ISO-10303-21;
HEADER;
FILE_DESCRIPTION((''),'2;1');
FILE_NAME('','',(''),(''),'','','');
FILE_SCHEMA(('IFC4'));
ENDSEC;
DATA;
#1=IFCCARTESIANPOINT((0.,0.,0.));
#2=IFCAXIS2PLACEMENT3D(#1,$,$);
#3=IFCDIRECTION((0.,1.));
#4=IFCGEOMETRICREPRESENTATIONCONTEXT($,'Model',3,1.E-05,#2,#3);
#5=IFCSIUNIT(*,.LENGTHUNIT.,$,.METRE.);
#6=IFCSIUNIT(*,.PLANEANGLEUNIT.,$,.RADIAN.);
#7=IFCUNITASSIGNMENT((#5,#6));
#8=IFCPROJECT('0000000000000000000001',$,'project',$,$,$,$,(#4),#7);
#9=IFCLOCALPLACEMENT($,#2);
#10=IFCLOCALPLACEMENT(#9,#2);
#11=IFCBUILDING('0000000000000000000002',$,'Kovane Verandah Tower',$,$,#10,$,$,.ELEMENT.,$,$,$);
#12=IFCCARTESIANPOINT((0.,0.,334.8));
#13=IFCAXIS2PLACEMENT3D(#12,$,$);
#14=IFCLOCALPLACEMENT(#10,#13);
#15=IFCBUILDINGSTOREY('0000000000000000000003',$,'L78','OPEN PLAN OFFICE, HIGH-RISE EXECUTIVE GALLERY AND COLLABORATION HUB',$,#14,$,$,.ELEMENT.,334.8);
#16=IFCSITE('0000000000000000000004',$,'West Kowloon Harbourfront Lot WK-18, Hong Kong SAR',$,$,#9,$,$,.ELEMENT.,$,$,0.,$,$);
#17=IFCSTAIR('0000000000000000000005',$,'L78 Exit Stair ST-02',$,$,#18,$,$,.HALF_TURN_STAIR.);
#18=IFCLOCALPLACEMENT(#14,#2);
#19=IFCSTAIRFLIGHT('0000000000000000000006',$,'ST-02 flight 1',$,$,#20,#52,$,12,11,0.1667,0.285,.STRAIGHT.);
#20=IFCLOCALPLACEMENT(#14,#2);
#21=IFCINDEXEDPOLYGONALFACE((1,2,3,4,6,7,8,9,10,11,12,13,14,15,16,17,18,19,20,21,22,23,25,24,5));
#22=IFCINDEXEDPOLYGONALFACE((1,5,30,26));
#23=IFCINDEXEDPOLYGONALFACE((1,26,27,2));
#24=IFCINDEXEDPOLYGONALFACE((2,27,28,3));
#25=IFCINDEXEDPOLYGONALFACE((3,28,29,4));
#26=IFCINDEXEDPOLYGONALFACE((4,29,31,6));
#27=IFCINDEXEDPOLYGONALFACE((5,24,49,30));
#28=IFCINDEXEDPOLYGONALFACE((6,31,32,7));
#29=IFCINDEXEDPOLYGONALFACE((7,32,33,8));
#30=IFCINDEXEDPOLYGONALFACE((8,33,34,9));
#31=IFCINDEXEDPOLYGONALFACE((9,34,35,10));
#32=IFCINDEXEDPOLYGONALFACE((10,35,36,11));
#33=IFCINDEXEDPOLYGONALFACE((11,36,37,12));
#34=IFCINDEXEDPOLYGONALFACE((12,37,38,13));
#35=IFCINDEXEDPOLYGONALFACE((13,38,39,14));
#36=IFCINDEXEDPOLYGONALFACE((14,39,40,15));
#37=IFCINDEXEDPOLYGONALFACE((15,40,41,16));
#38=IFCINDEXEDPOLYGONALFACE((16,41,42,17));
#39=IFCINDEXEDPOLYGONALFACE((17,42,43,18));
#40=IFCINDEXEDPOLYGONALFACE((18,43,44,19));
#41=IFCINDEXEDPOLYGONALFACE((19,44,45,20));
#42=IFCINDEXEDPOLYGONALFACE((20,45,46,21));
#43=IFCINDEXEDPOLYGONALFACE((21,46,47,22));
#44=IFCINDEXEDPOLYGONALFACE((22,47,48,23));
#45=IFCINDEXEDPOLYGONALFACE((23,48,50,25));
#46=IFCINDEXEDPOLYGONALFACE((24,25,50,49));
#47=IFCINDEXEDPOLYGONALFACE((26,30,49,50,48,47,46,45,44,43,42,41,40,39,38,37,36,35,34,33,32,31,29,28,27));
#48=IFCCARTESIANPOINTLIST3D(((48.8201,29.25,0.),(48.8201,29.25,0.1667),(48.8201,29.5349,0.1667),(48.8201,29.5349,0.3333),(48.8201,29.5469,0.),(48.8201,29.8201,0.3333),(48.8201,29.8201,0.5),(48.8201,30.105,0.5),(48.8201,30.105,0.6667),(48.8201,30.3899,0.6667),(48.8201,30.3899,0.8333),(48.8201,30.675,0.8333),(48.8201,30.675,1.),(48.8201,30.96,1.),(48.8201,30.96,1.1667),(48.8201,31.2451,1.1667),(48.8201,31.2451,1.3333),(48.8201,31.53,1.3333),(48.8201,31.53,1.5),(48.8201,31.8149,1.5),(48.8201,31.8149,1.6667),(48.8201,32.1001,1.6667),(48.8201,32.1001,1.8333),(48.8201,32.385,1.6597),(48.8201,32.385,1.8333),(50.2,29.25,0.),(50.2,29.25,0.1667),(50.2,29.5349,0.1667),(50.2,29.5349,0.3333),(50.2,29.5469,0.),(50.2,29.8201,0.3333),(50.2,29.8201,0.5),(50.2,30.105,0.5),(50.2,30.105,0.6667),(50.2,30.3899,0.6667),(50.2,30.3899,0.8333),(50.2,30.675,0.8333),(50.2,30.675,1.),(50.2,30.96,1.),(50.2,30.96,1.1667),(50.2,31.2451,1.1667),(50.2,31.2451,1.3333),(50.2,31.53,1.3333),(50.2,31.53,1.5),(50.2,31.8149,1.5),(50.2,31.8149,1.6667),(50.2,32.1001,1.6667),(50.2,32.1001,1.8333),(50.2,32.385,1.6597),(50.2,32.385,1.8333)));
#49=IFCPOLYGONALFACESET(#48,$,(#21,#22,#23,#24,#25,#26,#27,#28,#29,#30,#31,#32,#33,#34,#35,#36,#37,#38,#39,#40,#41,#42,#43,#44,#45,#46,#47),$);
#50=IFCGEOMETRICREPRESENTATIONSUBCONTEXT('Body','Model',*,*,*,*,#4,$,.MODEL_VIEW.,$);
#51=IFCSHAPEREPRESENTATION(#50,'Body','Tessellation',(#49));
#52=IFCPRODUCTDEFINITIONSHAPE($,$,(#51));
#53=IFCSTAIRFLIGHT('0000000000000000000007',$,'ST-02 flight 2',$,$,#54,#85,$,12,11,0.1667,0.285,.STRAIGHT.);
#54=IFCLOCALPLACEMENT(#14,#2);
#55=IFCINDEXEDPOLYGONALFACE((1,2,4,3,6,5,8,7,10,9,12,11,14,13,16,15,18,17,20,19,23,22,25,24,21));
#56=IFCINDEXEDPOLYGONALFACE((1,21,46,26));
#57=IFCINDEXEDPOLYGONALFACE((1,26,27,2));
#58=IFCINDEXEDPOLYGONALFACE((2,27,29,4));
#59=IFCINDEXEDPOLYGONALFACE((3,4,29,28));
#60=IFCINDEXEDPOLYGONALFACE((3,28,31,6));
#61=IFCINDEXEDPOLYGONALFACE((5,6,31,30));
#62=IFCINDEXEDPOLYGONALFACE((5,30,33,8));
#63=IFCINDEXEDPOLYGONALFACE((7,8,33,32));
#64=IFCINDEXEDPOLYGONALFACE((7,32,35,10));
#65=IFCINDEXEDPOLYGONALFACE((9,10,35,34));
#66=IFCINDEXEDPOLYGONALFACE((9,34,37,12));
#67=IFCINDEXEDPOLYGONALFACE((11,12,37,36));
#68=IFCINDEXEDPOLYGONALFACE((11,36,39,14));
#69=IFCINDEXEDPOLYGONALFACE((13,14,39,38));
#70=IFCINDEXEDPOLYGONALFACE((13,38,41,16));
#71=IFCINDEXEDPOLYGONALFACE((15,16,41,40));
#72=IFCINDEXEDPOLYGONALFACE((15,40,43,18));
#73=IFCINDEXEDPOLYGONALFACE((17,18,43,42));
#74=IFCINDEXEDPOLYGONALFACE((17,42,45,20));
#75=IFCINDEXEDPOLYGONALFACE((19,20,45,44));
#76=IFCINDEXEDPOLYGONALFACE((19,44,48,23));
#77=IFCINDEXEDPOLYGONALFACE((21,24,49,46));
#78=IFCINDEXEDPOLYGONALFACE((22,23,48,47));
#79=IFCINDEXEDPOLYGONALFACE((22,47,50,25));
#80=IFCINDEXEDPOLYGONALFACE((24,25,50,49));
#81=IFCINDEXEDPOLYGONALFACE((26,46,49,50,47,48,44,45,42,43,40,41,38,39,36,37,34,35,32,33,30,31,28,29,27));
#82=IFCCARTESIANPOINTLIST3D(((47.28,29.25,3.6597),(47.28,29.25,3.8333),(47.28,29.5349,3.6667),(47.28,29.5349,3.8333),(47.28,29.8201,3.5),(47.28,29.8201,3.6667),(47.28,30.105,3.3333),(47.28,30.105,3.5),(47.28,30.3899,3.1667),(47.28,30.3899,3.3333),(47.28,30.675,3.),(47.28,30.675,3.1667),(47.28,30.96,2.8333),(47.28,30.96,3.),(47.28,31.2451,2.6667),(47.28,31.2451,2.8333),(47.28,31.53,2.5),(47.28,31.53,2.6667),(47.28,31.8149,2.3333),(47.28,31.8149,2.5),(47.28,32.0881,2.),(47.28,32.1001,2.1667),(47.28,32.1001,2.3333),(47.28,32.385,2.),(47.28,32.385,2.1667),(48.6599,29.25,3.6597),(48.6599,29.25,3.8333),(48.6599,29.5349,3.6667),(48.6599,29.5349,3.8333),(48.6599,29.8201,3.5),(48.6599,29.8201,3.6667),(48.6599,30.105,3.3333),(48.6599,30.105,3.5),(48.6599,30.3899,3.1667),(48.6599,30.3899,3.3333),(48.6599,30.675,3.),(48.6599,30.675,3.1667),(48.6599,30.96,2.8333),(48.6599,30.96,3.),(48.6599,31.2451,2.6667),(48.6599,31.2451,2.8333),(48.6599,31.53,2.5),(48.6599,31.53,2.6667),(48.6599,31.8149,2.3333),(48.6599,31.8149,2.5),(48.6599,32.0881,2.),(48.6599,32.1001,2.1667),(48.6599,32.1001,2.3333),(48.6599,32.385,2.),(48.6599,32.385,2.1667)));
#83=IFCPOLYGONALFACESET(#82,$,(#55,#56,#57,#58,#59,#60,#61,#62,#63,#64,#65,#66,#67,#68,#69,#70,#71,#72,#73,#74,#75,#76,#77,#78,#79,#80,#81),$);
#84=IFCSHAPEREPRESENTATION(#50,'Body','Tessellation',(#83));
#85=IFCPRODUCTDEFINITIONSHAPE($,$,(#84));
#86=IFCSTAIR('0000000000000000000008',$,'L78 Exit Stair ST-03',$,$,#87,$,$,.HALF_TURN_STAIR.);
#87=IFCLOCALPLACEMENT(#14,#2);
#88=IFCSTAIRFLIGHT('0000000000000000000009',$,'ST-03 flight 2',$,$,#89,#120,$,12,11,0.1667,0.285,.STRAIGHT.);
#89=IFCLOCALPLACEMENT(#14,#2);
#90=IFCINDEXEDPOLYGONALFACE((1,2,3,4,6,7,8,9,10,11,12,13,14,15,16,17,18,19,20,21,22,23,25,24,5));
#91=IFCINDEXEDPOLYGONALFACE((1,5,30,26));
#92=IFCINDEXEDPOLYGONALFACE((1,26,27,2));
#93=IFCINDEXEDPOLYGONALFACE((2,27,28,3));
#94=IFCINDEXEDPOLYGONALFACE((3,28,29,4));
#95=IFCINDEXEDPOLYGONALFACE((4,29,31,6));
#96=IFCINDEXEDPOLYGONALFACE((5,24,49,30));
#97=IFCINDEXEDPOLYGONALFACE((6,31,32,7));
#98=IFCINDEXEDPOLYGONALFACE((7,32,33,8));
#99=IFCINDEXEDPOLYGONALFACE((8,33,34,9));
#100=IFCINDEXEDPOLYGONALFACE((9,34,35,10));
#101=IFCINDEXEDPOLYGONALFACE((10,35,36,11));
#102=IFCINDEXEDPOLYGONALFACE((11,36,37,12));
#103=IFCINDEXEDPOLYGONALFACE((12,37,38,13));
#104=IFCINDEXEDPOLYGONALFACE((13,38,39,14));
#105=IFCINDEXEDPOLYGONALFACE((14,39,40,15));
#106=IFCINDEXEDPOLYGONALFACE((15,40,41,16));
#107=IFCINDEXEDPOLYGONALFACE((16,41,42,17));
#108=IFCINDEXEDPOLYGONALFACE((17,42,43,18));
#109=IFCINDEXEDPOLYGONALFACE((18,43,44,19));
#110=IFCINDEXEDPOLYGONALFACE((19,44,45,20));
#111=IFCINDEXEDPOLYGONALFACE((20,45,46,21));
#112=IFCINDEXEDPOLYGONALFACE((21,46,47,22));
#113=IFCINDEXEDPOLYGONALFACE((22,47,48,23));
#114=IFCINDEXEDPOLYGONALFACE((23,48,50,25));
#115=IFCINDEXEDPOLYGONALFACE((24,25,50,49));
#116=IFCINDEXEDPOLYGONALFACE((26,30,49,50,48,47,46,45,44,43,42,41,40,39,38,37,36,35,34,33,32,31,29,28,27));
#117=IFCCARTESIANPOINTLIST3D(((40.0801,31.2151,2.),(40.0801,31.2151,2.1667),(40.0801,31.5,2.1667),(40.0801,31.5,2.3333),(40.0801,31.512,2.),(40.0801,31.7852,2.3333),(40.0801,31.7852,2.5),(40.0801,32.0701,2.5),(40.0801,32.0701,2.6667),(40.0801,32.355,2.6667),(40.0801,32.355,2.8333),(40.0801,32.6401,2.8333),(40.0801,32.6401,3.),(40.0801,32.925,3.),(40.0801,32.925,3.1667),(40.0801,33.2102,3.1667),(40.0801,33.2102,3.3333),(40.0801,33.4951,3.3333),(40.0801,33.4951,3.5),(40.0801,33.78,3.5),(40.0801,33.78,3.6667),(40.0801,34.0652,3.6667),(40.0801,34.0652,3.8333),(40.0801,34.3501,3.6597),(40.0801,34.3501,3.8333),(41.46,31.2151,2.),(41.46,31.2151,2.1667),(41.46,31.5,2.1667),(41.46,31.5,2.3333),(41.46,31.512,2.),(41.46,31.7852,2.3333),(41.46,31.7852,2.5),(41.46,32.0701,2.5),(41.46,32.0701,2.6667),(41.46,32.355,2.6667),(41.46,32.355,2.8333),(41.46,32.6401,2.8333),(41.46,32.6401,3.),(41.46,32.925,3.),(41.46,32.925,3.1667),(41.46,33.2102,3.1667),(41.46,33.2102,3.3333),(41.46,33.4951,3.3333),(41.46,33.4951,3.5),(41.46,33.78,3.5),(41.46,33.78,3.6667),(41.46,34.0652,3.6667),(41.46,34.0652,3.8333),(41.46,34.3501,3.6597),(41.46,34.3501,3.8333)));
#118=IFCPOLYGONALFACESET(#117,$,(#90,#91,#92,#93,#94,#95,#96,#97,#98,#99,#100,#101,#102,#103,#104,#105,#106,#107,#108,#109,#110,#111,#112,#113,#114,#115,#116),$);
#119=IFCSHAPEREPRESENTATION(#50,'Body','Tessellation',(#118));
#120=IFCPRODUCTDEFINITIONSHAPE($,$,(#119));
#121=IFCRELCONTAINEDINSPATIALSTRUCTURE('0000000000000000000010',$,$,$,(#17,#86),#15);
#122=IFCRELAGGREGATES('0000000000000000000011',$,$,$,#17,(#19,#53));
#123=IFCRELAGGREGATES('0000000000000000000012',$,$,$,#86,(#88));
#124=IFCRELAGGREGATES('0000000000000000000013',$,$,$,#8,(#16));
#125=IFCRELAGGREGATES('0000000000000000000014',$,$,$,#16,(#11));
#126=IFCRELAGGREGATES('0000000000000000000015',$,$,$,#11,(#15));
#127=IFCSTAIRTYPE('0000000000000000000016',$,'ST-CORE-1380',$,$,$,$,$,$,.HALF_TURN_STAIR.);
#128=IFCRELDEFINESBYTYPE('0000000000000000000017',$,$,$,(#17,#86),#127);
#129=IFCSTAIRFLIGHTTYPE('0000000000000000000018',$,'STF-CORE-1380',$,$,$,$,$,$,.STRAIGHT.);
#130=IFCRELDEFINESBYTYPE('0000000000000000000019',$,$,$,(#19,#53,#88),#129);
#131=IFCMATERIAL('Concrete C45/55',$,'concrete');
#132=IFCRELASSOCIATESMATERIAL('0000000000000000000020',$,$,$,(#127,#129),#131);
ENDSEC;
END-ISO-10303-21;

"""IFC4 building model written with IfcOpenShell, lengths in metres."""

from ifc_helpers import new_model, si_unit, direction, frame, origin, place, context, subcontext, project, spatial, polyline, outline, extrude, material, type_object, element, aggregate, save


model = new_model("IFC4")

# Units and contexts
model_context = context("Model", 3, precision=1e-05, world=origin(), true_north=direction((0.0, 1.0)))
body_context = subcontext(model_context, "Body", "Model", "MODEL_VIEW")
ifc_project = project(units=[si_unit("LENGTHUNIT", "METRE"), si_unit("PLANEANGLEUNIT", "RADIAN")], contexts=[model_context])

# Site, building, storey
site_placement = place(None, origin())
site = spatial("IfcSite", under=ifc_project, at=site_placement, Name="West Kowloon Harbourfront Lot WK-18, Hong Kong SAR", CompositionType="ELEMENT", RefElevation=0.0)
building_placement = place(site_placement, origin())
building = spatial("IfcBuilding", under=site, at=building_placement, Name="Kovane Verandah Tower", CompositionType="ELEMENT")
storey_placement = place(building_placement, frame((0.0, 0.0, 334.8)))
storey = spatial("IfcBuildingStorey", under=building, at=storey_placement, Name="L78", Description="OPEN PLAN OFFICE, HIGH-RISE EXECUTIVE GALLERY AND COLLABORATION HUB", CompositionType="ELEMENT", Elevation=334.8)

# Shared definitions
ifc_material_1 = material(Name="Concrete C45/55", Category="concrete")

# Stair, stair flights
stair_type = type_object("IfcStairType", Name="ST-CORE-1380", PredefinedType="HALF_TURN_STAIR", material=ifc_material_1)
stair_1_placement = place(storey_placement, origin())
stair_1 = element("IfcStair", 1, at=stair_1_placement, inside=storey, type_object=stair_type, Name="L78 Exit Stair ST-02", PredefinedType="HALF_TURN_STAIR")
stair_flight_type = type_object("IfcStairFlightType", Name="STF-CORE-1380", PredefinedType="STRAIGHT", material=ifc_material_1)
stair_flight_1_placement = place(storey_placement, frame((49.51, 29.25, 0.0), z_axis=(0.0, 0.0, 1.0), x_axis=(0.0, 1.0, 0.0)))
stair_flight_1 = element("IfcStairFlight", 2, at=stair_flight_1_placement, type_object=stair_flight_type, Name="ST-02 flight 1", NumberOfRisers=12, NumberOfTreads=11, PredefinedType="STRAIGHT", RiserHeight=0.1667, TreadLength=0.285, context=body_context, shape_type="SweptSolid", body=[
    extrude(outline(polyline([(0.0, 0.0), (0.0, 0.1667), (0.2849, 0.1667), (0.2849, 0.3333), (0.5701, 0.3333), (0.5701, 0.5), (0.855, 0.5), (0.855, 0.6667), (1.1399, 0.6667), (1.1399, 0.8333), (1.425, 0.8333), (1.425, 1.0), (1.71, 1.0), (1.71, 1.1667), (1.9951, 1.1667), (1.9951, 1.3333), (2.28, 1.3333), (2.28, 1.5), (2.5649, 1.5), (2.5649, 1.6667), (2.8501, 1.6667), (2.8501, 1.8333), (3.135, 1.8333), (3.135, 2.0), (3.135, 1.6597), (0.2969, 0.0), (0.0, 0.0)])), frame((0.0, 0.6899, 0.0), z_axis=(0.0, -1.0, 0.0), x_axis=(1.0, 0.0, 0.0)), (0.0, 0.0, 1.0), 1.3799),
])
stair_flight_2_placement = place(storey_placement, frame((47.97, 32.385, 2.0), z_axis=(0.0, 0.0, 1.0), x_axis=(0.0, -1.0, 0.0)))
stair_flight_2 = element("IfcStairFlight", 3, at=stair_flight_2_placement, type_object=stair_flight_type, Name="ST-02 flight 2", NumberOfRisers=12, NumberOfTreads=11, PredefinedType="STRAIGHT", RiserHeight=0.1667, TreadLength=0.285, context=body_context, shape_type="SweptSolid", body=[
    extrude(outline(polyline([(0.0, 0.0), (0.0, 0.1667), (0.2849, 0.1667), (0.2849, 0.3333), (0.5701, 0.3333), (0.5701, 0.5), (0.855, 0.5), (0.855, 0.6667), (1.1399, 0.6667), (1.1399, 0.8333), (1.425, 0.8333), (1.425, 1.0), (1.71, 1.0), (1.71, 1.1667), (1.9951, 1.1667), (1.9951, 1.3333), (2.28, 1.3333), (2.28, 1.5), (2.5649, 1.5), (2.5649, 1.6667), (2.8501, 1.6667), (2.8501, 1.8333), (3.135, 1.8333), (3.135, 2.0), (3.135, 1.6597), (0.2969, 0.0), (0.0, 0.0)])), frame((0.0, 0.6899, 0.0), z_axis=(0.0, -1.0, 0.0), x_axis=(1.0, 0.0, 0.0)), (0.0, 0.0, 1.0), 1.3799),
])
aggregate(stair_1, [stair_flight_1, stair_flight_2])

# Stair, stair flight
stair_2_placement = place(storey_placement, origin())
stair_2 = element("IfcStair", 4, at=stair_2_placement, inside=storey, type_object=stair_type, Name="L78 Exit Stair ST-03", PredefinedType="HALF_TURN_STAIR")
stair_flight_3_placement = place(storey_placement, frame((40.77, 31.2151, 2.0), z_axis=(0.0, 0.0, 1.0), x_axis=(0.0, 1.0, 0.0)))
stair_flight_3 = element("IfcStairFlight", 5, at=stair_flight_3_placement, type_object=stair_flight_type, Name="ST-03 flight 2", NumberOfRisers=12, NumberOfTreads=11, PredefinedType="STRAIGHT", RiserHeight=0.1667, TreadLength=0.285, context=body_context, shape_type="SweptSolid", body=[
    extrude(outline(polyline([(0.0, 0.0), (0.0, 0.1667), (0.2849, 0.1667), (0.2849, 0.3333), (0.5701, 0.3333), (0.5701, 0.5), (0.855, 0.5), (0.855, 0.6667), (1.1399, 0.6667), (1.1399, 0.8333), (1.425, 0.8333), (1.425, 1.0), (1.71, 1.0), (1.71, 1.1667), (1.9951, 1.1667), (1.9951, 1.3333), (2.28, 1.3333), (2.28, 1.5), (2.5649, 1.5), (2.5649, 1.6667), (2.8501, 1.6667), (2.8501, 1.8333), (3.135, 1.8333), (3.135, 2.0), (3.135, 1.6597), (0.2969, 0.0), (0.0, 0.0)])), frame((0.0, 0.6899, 0.0), z_axis=(0.0, -1.0, 0.0), x_axis=(1.0, 0.0, 0.0)), (0.0, 0.0, 1.0), 1.3799),
])
aggregate(stair_2, [stair_flight_3])

save(model, "model.ifc")
